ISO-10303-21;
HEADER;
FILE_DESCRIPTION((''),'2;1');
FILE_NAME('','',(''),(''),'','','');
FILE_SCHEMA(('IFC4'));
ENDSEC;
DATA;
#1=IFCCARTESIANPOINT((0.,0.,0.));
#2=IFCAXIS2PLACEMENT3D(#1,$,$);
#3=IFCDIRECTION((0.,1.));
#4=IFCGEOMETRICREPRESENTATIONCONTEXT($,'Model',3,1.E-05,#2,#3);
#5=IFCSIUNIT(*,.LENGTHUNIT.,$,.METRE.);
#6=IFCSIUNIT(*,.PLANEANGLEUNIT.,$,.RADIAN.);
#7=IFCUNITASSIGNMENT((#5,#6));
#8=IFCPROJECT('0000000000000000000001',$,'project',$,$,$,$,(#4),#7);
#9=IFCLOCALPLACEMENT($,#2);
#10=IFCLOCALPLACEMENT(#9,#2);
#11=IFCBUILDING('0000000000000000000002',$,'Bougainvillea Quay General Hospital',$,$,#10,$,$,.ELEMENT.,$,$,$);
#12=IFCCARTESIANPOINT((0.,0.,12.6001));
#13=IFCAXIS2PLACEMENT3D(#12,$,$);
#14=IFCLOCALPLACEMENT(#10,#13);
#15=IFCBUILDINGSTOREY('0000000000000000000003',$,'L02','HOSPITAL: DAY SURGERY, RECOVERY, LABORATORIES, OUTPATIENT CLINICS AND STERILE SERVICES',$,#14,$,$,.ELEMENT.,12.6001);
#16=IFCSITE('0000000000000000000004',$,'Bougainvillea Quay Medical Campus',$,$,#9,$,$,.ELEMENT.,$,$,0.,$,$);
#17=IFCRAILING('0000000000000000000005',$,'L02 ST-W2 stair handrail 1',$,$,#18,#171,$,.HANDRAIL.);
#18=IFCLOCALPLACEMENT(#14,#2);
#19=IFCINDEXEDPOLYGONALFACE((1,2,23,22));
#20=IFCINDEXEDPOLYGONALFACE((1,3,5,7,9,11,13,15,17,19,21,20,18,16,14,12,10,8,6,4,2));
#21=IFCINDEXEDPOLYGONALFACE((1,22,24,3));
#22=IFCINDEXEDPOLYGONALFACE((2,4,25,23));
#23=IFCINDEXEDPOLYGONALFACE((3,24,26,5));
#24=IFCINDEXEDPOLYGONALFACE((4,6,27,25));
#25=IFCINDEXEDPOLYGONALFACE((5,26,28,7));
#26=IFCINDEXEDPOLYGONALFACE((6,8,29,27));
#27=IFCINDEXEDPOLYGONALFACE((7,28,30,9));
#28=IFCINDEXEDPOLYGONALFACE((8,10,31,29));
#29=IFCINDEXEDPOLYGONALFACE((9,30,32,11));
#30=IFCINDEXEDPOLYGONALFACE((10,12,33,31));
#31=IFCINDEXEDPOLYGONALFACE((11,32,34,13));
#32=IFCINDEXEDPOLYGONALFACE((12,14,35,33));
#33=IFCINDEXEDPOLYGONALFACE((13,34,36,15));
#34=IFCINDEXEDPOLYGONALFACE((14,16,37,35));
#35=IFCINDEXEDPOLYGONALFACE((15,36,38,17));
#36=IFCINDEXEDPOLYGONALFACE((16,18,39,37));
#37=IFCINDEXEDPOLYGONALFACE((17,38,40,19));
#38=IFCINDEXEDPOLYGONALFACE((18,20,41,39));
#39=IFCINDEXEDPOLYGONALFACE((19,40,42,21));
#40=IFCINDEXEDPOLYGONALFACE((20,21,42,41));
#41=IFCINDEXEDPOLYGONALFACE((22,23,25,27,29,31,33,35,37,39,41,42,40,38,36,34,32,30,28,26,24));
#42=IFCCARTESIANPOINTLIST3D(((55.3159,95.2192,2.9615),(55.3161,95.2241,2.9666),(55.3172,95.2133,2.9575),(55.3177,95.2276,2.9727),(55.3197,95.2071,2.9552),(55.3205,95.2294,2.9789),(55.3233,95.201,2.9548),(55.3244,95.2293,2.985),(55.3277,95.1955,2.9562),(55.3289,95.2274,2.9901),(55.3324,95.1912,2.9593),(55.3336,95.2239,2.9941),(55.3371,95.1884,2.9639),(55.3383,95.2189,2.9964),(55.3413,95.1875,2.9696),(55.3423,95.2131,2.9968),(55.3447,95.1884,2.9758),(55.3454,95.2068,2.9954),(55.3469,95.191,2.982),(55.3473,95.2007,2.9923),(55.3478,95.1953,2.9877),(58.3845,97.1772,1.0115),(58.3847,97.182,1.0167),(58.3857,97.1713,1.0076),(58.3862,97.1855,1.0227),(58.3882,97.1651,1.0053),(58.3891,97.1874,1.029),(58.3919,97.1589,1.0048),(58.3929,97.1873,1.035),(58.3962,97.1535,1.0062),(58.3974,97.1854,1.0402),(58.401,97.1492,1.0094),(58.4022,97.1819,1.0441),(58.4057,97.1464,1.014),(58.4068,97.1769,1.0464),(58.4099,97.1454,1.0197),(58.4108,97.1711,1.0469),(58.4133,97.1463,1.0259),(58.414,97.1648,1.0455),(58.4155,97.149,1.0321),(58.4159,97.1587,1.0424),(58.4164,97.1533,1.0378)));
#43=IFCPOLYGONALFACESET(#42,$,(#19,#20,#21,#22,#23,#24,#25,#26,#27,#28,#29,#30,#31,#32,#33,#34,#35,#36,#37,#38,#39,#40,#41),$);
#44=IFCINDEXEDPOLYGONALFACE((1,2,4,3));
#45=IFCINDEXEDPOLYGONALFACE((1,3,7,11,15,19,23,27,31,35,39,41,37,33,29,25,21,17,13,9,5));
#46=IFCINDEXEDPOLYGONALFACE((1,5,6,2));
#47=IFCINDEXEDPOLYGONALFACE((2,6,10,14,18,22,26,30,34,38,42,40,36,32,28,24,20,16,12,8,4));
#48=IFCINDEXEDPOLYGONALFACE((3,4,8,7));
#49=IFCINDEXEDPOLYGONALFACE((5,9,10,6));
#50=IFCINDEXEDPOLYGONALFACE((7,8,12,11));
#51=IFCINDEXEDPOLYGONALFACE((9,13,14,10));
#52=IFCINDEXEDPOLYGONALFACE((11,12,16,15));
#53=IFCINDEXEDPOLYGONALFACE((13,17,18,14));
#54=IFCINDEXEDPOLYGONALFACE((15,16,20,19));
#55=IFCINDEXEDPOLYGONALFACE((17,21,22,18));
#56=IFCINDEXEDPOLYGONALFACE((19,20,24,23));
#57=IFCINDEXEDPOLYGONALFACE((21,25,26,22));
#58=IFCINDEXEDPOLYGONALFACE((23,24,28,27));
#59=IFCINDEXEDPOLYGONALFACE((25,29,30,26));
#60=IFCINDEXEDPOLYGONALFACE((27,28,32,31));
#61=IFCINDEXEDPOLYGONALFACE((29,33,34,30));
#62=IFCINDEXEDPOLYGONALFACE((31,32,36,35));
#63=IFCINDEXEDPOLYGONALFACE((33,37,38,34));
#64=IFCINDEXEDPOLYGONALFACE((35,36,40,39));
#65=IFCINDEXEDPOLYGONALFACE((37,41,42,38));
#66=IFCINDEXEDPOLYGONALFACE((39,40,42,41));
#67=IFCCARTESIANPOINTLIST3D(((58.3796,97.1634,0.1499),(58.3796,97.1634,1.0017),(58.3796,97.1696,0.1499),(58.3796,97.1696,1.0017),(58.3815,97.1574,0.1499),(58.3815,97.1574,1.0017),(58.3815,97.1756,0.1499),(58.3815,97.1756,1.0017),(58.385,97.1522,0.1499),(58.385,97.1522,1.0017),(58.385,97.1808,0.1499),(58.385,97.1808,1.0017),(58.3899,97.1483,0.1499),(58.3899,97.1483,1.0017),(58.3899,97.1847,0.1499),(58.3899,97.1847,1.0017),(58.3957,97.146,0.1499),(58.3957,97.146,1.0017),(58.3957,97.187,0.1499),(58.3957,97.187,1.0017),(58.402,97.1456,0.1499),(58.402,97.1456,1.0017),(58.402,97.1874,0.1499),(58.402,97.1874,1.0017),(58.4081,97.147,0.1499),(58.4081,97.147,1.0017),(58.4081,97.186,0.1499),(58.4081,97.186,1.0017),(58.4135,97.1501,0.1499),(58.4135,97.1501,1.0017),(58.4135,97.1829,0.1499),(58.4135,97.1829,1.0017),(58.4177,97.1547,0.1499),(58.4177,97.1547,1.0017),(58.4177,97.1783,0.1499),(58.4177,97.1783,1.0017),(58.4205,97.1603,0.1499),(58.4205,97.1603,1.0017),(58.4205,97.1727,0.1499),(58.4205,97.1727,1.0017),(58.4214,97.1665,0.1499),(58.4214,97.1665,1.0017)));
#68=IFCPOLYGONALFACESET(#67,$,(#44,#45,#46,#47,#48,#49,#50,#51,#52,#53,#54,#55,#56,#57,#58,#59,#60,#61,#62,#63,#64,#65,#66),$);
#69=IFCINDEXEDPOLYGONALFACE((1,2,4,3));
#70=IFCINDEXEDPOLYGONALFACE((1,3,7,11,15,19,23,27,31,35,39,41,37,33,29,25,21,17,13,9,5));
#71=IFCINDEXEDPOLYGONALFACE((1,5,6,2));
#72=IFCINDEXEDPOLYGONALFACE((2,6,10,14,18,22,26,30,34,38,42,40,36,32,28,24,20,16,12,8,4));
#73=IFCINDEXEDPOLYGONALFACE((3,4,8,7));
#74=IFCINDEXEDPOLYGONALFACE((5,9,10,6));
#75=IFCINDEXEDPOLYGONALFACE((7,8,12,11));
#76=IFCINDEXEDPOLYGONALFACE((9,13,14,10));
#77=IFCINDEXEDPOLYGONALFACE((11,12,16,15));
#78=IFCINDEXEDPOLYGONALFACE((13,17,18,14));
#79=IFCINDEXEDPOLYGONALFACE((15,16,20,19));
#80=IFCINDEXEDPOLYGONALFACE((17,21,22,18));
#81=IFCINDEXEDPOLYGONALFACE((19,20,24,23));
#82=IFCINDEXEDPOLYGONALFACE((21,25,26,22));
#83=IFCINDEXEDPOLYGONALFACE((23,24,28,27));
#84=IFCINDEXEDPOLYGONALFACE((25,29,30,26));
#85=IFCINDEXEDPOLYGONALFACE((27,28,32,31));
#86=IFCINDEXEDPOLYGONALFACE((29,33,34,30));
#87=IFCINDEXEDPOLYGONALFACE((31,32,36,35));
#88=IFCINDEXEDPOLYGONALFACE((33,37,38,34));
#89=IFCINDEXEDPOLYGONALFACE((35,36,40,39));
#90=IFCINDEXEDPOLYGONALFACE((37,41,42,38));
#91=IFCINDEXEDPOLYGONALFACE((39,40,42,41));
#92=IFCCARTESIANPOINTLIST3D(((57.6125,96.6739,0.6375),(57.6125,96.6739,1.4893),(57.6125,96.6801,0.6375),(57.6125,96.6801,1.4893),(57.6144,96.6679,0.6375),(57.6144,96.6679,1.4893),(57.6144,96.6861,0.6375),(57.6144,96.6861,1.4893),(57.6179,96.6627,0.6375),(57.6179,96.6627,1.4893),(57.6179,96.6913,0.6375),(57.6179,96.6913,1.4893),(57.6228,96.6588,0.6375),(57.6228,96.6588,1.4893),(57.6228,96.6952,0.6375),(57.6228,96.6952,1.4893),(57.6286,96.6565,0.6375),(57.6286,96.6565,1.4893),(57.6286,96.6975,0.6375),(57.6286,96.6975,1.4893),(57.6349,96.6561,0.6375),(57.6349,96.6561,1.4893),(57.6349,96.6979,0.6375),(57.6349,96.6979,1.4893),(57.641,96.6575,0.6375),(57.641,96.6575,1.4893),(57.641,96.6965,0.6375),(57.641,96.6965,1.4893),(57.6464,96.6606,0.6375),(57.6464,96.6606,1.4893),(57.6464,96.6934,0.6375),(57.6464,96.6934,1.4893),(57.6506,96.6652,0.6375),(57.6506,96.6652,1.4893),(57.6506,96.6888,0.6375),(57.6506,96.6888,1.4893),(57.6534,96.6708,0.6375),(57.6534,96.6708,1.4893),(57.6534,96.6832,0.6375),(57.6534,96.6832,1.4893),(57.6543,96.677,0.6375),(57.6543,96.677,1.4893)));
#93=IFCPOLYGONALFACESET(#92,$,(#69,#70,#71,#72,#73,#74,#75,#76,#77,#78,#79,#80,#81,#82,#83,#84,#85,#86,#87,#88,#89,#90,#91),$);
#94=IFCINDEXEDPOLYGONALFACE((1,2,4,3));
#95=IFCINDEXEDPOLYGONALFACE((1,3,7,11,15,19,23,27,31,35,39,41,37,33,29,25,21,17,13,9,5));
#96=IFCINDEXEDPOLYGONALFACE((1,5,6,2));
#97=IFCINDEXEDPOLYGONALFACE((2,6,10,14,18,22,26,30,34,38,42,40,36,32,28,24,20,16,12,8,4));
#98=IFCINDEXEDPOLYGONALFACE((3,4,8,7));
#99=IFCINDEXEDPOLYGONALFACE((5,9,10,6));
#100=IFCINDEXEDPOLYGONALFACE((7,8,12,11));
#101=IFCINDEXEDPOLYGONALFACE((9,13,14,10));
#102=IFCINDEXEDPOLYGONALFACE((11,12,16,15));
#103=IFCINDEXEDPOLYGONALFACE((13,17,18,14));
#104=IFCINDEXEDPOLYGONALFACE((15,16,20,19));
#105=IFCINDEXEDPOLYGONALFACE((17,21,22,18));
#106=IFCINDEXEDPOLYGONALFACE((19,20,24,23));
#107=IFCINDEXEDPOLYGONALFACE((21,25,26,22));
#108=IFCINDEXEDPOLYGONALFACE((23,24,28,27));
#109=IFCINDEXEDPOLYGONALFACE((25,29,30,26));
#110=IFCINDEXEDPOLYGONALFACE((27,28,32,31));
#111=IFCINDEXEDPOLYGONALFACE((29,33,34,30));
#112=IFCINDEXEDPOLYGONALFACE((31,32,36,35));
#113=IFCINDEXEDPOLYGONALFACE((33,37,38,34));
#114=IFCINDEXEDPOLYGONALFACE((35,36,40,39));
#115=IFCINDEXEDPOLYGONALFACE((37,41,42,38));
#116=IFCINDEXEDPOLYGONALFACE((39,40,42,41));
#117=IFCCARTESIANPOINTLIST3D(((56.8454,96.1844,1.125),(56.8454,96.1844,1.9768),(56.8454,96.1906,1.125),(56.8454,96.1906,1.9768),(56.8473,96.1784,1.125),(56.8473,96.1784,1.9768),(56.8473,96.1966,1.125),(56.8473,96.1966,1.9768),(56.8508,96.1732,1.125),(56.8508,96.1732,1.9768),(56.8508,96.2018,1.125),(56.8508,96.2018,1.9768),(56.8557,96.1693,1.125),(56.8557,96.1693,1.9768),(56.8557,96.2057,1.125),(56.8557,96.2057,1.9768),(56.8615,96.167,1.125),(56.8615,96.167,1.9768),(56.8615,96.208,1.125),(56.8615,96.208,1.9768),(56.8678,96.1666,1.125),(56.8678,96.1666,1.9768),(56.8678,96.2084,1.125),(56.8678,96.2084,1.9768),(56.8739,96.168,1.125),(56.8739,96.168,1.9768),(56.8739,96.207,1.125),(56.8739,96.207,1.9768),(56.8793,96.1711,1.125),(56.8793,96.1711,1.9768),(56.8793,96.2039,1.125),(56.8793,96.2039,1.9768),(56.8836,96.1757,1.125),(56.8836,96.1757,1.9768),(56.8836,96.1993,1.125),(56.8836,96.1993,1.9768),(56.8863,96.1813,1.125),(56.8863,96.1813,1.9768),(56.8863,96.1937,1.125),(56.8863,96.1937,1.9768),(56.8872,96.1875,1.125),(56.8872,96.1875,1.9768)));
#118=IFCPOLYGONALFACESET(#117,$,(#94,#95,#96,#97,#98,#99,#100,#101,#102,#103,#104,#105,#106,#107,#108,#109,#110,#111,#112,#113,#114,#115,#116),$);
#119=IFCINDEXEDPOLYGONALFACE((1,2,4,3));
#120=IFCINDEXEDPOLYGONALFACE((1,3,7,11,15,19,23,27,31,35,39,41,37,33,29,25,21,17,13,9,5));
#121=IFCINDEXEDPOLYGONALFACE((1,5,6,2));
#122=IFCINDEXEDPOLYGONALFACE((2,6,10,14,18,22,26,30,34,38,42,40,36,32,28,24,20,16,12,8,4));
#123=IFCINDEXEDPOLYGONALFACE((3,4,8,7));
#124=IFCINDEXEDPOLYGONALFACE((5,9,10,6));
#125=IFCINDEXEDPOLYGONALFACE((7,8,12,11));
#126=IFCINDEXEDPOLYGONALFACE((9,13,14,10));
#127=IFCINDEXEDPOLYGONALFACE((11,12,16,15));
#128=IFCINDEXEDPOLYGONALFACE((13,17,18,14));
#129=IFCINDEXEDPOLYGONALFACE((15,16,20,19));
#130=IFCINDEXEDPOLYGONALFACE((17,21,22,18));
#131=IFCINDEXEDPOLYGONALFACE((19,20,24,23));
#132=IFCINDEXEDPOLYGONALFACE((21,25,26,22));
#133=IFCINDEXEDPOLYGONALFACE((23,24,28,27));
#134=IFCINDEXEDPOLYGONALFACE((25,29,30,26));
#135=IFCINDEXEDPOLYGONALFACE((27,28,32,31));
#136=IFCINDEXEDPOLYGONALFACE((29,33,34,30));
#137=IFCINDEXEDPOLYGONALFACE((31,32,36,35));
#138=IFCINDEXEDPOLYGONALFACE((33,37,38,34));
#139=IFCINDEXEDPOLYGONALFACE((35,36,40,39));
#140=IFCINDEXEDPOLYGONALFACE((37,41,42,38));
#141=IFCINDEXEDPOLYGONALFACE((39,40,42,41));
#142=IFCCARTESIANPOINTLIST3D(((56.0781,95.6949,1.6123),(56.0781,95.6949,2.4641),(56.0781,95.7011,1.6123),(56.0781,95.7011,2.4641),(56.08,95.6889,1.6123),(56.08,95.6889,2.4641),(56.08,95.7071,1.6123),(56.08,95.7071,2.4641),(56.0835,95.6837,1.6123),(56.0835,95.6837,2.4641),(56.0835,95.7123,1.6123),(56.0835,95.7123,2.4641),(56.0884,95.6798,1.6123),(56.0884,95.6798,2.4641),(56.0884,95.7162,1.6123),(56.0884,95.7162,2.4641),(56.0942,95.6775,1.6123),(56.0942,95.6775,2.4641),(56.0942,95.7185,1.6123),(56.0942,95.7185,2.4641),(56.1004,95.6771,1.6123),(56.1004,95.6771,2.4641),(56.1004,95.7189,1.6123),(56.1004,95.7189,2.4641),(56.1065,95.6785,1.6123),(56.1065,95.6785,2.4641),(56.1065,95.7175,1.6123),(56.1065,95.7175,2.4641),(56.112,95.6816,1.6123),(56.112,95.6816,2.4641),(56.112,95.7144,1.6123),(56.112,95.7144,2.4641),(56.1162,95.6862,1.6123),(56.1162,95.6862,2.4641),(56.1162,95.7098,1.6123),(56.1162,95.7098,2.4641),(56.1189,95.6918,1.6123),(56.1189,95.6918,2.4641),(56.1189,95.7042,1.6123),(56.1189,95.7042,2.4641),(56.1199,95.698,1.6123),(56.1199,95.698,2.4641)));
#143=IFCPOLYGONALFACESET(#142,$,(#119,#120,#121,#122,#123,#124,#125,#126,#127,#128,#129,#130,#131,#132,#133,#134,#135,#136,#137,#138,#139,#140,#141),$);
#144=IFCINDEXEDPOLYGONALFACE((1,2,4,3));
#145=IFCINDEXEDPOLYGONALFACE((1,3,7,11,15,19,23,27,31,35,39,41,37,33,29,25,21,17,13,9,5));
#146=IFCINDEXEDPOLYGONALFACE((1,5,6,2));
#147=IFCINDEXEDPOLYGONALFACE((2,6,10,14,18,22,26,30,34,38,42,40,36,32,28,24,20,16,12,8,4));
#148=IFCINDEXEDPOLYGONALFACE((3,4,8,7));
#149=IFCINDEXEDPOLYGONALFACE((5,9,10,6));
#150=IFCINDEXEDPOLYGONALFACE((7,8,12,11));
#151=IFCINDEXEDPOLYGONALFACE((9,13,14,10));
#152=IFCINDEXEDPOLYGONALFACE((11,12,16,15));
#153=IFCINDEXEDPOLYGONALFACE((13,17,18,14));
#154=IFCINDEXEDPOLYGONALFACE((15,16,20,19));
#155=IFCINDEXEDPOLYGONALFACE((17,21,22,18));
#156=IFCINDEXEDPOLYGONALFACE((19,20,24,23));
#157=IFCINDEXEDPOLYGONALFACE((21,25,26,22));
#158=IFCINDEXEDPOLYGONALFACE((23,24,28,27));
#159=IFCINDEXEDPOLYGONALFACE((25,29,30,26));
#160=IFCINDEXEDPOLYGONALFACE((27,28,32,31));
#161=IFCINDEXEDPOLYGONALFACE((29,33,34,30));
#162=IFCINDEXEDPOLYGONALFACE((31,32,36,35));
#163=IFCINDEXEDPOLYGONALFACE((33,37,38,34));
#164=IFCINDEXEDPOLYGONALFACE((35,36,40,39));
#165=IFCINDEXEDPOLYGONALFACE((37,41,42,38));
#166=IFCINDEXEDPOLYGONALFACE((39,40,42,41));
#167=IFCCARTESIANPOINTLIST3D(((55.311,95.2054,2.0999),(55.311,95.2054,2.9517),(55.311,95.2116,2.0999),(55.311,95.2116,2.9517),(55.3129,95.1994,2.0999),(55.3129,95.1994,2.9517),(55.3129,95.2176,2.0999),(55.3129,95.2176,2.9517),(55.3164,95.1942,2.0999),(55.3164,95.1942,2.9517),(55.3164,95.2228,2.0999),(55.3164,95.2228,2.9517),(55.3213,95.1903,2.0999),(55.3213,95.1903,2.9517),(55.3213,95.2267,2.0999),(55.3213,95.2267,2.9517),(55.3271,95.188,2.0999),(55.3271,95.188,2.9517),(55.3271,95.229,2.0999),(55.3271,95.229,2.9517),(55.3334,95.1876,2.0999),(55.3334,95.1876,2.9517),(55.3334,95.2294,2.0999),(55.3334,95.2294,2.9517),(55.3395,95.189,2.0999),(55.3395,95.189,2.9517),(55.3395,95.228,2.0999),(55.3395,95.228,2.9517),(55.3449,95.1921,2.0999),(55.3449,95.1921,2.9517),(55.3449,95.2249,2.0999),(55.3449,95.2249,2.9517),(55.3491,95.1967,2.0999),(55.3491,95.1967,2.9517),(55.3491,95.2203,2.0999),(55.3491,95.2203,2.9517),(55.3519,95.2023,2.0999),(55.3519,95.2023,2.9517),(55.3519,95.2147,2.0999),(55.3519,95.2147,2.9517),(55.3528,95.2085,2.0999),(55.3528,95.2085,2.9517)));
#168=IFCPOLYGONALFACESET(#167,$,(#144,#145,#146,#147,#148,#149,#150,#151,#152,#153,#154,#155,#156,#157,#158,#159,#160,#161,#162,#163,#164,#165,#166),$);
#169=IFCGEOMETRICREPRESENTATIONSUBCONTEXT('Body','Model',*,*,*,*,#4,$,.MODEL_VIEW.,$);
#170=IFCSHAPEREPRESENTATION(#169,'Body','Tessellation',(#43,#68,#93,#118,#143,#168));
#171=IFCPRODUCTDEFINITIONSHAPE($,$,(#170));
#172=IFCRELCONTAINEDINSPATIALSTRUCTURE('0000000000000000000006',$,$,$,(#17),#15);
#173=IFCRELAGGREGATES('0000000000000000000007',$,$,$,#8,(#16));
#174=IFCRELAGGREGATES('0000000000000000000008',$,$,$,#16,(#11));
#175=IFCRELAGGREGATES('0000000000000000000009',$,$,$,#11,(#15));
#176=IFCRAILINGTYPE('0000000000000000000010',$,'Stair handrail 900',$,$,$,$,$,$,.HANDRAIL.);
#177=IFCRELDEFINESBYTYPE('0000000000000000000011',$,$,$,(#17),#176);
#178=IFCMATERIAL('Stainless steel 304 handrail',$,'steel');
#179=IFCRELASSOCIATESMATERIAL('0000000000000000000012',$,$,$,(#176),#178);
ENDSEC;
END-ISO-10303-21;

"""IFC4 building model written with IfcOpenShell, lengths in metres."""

from ifc_helpers import new_model, si_unit, direction, frame, origin, origin_2d, place, context, subcontext, project, spatial, circle, extrude, material, type_object, element, save


model = new_model("IFC4")

# Units and contexts
model_context = context("Model", 3, precision=1e-05, world=origin(), true_north=direction((0.0, 1.0)))
body_context = subcontext(model_context, "Body", "Model", "MODEL_VIEW")
ifc_project = project(units=[si_unit("LENGTHUNIT", "METRE"), si_unit("PLANEANGLEUNIT", "RADIAN")], contexts=[model_context])

# Site, building, storey
site_placement = place(None, origin())
site = spatial("IfcSite", under=ifc_project, at=site_placement, Name="Bougainvillea Quay Medical Campus", CompositionType="ELEMENT", RefElevation=0.0)
building_placement = place(site_placement, origin())
building = spatial("IfcBuilding", under=site, at=building_placement, Name="Bougainvillea Quay General Hospital", CompositionType="ELEMENT")
storey_placement = place(building_placement, frame((0.0, 0.0, 12.6001)))
storey = spatial("IfcBuildingStorey", under=building, at=storey_placement, Name="L02", Description="HOSPITAL: DAY SURGERY, RECOVERY, LABORATORIES, OUTPATIENT CLINICS AND STERILE SERVICES", CompositionType="ELEMENT", Elevation=12.6001)

# Railing
ifc_material_1 = material(Name="Stainless steel 304 handrail", Category="steel")
railing_type = type_object("IfcRailingType", Name="Stair handrail 900", PredefinedType="HANDRAIL", material=ifc_material_1)
railing_placement = place(storey_placement, frame((58.4004, 97.1665, 0.1499)))
element("IfcRailing", 1, at=railing_placement, inside=storey, type_object=railing_type, Name="L02 ST-W2 stair handrail 1", PredefinedType="HANDRAIL", context=body_context, shape_type="SweptSolid", body=[
    extrude(circle(Radius=0.0239, at=origin_2d()), frame((0.0, 0.0, 0.876), z_axis=(-0.743101, -0.474156, 0.472205), x_axis=(0.537904, -0.843006, 0.0)), (0.0, 0.0, 1.0), 4.1294),
    extrude(circle(Radius=0.021, at=origin_2d()), origin(), (0.0, 0.0, 1.0), 0.8518),
    extrude(circle(Radius=0.021, at=origin_2d()), frame((-0.7671, -0.4895, 0.4875)), (0.0, 0.0, 1.0), 0.8518),
    extrude(circle(Radius=0.021, at=origin_2d()), frame((-1.5342, -0.979, 0.9751)), (0.0, 0.0, 1.0), 0.8518),
    extrude(circle(Radius=0.021, at=origin_2d()), frame((-2.3015, -1.4685, 1.4624)), (0.0, 0.0, 1.0), 0.8518),
    extrude(circle(Radius=0.021, at=origin_2d()), frame((-3.0686, -1.958, 1.95)), (0.0, 0.0, 1.0), 0.8518),
])

save(model, "model.ifc")
